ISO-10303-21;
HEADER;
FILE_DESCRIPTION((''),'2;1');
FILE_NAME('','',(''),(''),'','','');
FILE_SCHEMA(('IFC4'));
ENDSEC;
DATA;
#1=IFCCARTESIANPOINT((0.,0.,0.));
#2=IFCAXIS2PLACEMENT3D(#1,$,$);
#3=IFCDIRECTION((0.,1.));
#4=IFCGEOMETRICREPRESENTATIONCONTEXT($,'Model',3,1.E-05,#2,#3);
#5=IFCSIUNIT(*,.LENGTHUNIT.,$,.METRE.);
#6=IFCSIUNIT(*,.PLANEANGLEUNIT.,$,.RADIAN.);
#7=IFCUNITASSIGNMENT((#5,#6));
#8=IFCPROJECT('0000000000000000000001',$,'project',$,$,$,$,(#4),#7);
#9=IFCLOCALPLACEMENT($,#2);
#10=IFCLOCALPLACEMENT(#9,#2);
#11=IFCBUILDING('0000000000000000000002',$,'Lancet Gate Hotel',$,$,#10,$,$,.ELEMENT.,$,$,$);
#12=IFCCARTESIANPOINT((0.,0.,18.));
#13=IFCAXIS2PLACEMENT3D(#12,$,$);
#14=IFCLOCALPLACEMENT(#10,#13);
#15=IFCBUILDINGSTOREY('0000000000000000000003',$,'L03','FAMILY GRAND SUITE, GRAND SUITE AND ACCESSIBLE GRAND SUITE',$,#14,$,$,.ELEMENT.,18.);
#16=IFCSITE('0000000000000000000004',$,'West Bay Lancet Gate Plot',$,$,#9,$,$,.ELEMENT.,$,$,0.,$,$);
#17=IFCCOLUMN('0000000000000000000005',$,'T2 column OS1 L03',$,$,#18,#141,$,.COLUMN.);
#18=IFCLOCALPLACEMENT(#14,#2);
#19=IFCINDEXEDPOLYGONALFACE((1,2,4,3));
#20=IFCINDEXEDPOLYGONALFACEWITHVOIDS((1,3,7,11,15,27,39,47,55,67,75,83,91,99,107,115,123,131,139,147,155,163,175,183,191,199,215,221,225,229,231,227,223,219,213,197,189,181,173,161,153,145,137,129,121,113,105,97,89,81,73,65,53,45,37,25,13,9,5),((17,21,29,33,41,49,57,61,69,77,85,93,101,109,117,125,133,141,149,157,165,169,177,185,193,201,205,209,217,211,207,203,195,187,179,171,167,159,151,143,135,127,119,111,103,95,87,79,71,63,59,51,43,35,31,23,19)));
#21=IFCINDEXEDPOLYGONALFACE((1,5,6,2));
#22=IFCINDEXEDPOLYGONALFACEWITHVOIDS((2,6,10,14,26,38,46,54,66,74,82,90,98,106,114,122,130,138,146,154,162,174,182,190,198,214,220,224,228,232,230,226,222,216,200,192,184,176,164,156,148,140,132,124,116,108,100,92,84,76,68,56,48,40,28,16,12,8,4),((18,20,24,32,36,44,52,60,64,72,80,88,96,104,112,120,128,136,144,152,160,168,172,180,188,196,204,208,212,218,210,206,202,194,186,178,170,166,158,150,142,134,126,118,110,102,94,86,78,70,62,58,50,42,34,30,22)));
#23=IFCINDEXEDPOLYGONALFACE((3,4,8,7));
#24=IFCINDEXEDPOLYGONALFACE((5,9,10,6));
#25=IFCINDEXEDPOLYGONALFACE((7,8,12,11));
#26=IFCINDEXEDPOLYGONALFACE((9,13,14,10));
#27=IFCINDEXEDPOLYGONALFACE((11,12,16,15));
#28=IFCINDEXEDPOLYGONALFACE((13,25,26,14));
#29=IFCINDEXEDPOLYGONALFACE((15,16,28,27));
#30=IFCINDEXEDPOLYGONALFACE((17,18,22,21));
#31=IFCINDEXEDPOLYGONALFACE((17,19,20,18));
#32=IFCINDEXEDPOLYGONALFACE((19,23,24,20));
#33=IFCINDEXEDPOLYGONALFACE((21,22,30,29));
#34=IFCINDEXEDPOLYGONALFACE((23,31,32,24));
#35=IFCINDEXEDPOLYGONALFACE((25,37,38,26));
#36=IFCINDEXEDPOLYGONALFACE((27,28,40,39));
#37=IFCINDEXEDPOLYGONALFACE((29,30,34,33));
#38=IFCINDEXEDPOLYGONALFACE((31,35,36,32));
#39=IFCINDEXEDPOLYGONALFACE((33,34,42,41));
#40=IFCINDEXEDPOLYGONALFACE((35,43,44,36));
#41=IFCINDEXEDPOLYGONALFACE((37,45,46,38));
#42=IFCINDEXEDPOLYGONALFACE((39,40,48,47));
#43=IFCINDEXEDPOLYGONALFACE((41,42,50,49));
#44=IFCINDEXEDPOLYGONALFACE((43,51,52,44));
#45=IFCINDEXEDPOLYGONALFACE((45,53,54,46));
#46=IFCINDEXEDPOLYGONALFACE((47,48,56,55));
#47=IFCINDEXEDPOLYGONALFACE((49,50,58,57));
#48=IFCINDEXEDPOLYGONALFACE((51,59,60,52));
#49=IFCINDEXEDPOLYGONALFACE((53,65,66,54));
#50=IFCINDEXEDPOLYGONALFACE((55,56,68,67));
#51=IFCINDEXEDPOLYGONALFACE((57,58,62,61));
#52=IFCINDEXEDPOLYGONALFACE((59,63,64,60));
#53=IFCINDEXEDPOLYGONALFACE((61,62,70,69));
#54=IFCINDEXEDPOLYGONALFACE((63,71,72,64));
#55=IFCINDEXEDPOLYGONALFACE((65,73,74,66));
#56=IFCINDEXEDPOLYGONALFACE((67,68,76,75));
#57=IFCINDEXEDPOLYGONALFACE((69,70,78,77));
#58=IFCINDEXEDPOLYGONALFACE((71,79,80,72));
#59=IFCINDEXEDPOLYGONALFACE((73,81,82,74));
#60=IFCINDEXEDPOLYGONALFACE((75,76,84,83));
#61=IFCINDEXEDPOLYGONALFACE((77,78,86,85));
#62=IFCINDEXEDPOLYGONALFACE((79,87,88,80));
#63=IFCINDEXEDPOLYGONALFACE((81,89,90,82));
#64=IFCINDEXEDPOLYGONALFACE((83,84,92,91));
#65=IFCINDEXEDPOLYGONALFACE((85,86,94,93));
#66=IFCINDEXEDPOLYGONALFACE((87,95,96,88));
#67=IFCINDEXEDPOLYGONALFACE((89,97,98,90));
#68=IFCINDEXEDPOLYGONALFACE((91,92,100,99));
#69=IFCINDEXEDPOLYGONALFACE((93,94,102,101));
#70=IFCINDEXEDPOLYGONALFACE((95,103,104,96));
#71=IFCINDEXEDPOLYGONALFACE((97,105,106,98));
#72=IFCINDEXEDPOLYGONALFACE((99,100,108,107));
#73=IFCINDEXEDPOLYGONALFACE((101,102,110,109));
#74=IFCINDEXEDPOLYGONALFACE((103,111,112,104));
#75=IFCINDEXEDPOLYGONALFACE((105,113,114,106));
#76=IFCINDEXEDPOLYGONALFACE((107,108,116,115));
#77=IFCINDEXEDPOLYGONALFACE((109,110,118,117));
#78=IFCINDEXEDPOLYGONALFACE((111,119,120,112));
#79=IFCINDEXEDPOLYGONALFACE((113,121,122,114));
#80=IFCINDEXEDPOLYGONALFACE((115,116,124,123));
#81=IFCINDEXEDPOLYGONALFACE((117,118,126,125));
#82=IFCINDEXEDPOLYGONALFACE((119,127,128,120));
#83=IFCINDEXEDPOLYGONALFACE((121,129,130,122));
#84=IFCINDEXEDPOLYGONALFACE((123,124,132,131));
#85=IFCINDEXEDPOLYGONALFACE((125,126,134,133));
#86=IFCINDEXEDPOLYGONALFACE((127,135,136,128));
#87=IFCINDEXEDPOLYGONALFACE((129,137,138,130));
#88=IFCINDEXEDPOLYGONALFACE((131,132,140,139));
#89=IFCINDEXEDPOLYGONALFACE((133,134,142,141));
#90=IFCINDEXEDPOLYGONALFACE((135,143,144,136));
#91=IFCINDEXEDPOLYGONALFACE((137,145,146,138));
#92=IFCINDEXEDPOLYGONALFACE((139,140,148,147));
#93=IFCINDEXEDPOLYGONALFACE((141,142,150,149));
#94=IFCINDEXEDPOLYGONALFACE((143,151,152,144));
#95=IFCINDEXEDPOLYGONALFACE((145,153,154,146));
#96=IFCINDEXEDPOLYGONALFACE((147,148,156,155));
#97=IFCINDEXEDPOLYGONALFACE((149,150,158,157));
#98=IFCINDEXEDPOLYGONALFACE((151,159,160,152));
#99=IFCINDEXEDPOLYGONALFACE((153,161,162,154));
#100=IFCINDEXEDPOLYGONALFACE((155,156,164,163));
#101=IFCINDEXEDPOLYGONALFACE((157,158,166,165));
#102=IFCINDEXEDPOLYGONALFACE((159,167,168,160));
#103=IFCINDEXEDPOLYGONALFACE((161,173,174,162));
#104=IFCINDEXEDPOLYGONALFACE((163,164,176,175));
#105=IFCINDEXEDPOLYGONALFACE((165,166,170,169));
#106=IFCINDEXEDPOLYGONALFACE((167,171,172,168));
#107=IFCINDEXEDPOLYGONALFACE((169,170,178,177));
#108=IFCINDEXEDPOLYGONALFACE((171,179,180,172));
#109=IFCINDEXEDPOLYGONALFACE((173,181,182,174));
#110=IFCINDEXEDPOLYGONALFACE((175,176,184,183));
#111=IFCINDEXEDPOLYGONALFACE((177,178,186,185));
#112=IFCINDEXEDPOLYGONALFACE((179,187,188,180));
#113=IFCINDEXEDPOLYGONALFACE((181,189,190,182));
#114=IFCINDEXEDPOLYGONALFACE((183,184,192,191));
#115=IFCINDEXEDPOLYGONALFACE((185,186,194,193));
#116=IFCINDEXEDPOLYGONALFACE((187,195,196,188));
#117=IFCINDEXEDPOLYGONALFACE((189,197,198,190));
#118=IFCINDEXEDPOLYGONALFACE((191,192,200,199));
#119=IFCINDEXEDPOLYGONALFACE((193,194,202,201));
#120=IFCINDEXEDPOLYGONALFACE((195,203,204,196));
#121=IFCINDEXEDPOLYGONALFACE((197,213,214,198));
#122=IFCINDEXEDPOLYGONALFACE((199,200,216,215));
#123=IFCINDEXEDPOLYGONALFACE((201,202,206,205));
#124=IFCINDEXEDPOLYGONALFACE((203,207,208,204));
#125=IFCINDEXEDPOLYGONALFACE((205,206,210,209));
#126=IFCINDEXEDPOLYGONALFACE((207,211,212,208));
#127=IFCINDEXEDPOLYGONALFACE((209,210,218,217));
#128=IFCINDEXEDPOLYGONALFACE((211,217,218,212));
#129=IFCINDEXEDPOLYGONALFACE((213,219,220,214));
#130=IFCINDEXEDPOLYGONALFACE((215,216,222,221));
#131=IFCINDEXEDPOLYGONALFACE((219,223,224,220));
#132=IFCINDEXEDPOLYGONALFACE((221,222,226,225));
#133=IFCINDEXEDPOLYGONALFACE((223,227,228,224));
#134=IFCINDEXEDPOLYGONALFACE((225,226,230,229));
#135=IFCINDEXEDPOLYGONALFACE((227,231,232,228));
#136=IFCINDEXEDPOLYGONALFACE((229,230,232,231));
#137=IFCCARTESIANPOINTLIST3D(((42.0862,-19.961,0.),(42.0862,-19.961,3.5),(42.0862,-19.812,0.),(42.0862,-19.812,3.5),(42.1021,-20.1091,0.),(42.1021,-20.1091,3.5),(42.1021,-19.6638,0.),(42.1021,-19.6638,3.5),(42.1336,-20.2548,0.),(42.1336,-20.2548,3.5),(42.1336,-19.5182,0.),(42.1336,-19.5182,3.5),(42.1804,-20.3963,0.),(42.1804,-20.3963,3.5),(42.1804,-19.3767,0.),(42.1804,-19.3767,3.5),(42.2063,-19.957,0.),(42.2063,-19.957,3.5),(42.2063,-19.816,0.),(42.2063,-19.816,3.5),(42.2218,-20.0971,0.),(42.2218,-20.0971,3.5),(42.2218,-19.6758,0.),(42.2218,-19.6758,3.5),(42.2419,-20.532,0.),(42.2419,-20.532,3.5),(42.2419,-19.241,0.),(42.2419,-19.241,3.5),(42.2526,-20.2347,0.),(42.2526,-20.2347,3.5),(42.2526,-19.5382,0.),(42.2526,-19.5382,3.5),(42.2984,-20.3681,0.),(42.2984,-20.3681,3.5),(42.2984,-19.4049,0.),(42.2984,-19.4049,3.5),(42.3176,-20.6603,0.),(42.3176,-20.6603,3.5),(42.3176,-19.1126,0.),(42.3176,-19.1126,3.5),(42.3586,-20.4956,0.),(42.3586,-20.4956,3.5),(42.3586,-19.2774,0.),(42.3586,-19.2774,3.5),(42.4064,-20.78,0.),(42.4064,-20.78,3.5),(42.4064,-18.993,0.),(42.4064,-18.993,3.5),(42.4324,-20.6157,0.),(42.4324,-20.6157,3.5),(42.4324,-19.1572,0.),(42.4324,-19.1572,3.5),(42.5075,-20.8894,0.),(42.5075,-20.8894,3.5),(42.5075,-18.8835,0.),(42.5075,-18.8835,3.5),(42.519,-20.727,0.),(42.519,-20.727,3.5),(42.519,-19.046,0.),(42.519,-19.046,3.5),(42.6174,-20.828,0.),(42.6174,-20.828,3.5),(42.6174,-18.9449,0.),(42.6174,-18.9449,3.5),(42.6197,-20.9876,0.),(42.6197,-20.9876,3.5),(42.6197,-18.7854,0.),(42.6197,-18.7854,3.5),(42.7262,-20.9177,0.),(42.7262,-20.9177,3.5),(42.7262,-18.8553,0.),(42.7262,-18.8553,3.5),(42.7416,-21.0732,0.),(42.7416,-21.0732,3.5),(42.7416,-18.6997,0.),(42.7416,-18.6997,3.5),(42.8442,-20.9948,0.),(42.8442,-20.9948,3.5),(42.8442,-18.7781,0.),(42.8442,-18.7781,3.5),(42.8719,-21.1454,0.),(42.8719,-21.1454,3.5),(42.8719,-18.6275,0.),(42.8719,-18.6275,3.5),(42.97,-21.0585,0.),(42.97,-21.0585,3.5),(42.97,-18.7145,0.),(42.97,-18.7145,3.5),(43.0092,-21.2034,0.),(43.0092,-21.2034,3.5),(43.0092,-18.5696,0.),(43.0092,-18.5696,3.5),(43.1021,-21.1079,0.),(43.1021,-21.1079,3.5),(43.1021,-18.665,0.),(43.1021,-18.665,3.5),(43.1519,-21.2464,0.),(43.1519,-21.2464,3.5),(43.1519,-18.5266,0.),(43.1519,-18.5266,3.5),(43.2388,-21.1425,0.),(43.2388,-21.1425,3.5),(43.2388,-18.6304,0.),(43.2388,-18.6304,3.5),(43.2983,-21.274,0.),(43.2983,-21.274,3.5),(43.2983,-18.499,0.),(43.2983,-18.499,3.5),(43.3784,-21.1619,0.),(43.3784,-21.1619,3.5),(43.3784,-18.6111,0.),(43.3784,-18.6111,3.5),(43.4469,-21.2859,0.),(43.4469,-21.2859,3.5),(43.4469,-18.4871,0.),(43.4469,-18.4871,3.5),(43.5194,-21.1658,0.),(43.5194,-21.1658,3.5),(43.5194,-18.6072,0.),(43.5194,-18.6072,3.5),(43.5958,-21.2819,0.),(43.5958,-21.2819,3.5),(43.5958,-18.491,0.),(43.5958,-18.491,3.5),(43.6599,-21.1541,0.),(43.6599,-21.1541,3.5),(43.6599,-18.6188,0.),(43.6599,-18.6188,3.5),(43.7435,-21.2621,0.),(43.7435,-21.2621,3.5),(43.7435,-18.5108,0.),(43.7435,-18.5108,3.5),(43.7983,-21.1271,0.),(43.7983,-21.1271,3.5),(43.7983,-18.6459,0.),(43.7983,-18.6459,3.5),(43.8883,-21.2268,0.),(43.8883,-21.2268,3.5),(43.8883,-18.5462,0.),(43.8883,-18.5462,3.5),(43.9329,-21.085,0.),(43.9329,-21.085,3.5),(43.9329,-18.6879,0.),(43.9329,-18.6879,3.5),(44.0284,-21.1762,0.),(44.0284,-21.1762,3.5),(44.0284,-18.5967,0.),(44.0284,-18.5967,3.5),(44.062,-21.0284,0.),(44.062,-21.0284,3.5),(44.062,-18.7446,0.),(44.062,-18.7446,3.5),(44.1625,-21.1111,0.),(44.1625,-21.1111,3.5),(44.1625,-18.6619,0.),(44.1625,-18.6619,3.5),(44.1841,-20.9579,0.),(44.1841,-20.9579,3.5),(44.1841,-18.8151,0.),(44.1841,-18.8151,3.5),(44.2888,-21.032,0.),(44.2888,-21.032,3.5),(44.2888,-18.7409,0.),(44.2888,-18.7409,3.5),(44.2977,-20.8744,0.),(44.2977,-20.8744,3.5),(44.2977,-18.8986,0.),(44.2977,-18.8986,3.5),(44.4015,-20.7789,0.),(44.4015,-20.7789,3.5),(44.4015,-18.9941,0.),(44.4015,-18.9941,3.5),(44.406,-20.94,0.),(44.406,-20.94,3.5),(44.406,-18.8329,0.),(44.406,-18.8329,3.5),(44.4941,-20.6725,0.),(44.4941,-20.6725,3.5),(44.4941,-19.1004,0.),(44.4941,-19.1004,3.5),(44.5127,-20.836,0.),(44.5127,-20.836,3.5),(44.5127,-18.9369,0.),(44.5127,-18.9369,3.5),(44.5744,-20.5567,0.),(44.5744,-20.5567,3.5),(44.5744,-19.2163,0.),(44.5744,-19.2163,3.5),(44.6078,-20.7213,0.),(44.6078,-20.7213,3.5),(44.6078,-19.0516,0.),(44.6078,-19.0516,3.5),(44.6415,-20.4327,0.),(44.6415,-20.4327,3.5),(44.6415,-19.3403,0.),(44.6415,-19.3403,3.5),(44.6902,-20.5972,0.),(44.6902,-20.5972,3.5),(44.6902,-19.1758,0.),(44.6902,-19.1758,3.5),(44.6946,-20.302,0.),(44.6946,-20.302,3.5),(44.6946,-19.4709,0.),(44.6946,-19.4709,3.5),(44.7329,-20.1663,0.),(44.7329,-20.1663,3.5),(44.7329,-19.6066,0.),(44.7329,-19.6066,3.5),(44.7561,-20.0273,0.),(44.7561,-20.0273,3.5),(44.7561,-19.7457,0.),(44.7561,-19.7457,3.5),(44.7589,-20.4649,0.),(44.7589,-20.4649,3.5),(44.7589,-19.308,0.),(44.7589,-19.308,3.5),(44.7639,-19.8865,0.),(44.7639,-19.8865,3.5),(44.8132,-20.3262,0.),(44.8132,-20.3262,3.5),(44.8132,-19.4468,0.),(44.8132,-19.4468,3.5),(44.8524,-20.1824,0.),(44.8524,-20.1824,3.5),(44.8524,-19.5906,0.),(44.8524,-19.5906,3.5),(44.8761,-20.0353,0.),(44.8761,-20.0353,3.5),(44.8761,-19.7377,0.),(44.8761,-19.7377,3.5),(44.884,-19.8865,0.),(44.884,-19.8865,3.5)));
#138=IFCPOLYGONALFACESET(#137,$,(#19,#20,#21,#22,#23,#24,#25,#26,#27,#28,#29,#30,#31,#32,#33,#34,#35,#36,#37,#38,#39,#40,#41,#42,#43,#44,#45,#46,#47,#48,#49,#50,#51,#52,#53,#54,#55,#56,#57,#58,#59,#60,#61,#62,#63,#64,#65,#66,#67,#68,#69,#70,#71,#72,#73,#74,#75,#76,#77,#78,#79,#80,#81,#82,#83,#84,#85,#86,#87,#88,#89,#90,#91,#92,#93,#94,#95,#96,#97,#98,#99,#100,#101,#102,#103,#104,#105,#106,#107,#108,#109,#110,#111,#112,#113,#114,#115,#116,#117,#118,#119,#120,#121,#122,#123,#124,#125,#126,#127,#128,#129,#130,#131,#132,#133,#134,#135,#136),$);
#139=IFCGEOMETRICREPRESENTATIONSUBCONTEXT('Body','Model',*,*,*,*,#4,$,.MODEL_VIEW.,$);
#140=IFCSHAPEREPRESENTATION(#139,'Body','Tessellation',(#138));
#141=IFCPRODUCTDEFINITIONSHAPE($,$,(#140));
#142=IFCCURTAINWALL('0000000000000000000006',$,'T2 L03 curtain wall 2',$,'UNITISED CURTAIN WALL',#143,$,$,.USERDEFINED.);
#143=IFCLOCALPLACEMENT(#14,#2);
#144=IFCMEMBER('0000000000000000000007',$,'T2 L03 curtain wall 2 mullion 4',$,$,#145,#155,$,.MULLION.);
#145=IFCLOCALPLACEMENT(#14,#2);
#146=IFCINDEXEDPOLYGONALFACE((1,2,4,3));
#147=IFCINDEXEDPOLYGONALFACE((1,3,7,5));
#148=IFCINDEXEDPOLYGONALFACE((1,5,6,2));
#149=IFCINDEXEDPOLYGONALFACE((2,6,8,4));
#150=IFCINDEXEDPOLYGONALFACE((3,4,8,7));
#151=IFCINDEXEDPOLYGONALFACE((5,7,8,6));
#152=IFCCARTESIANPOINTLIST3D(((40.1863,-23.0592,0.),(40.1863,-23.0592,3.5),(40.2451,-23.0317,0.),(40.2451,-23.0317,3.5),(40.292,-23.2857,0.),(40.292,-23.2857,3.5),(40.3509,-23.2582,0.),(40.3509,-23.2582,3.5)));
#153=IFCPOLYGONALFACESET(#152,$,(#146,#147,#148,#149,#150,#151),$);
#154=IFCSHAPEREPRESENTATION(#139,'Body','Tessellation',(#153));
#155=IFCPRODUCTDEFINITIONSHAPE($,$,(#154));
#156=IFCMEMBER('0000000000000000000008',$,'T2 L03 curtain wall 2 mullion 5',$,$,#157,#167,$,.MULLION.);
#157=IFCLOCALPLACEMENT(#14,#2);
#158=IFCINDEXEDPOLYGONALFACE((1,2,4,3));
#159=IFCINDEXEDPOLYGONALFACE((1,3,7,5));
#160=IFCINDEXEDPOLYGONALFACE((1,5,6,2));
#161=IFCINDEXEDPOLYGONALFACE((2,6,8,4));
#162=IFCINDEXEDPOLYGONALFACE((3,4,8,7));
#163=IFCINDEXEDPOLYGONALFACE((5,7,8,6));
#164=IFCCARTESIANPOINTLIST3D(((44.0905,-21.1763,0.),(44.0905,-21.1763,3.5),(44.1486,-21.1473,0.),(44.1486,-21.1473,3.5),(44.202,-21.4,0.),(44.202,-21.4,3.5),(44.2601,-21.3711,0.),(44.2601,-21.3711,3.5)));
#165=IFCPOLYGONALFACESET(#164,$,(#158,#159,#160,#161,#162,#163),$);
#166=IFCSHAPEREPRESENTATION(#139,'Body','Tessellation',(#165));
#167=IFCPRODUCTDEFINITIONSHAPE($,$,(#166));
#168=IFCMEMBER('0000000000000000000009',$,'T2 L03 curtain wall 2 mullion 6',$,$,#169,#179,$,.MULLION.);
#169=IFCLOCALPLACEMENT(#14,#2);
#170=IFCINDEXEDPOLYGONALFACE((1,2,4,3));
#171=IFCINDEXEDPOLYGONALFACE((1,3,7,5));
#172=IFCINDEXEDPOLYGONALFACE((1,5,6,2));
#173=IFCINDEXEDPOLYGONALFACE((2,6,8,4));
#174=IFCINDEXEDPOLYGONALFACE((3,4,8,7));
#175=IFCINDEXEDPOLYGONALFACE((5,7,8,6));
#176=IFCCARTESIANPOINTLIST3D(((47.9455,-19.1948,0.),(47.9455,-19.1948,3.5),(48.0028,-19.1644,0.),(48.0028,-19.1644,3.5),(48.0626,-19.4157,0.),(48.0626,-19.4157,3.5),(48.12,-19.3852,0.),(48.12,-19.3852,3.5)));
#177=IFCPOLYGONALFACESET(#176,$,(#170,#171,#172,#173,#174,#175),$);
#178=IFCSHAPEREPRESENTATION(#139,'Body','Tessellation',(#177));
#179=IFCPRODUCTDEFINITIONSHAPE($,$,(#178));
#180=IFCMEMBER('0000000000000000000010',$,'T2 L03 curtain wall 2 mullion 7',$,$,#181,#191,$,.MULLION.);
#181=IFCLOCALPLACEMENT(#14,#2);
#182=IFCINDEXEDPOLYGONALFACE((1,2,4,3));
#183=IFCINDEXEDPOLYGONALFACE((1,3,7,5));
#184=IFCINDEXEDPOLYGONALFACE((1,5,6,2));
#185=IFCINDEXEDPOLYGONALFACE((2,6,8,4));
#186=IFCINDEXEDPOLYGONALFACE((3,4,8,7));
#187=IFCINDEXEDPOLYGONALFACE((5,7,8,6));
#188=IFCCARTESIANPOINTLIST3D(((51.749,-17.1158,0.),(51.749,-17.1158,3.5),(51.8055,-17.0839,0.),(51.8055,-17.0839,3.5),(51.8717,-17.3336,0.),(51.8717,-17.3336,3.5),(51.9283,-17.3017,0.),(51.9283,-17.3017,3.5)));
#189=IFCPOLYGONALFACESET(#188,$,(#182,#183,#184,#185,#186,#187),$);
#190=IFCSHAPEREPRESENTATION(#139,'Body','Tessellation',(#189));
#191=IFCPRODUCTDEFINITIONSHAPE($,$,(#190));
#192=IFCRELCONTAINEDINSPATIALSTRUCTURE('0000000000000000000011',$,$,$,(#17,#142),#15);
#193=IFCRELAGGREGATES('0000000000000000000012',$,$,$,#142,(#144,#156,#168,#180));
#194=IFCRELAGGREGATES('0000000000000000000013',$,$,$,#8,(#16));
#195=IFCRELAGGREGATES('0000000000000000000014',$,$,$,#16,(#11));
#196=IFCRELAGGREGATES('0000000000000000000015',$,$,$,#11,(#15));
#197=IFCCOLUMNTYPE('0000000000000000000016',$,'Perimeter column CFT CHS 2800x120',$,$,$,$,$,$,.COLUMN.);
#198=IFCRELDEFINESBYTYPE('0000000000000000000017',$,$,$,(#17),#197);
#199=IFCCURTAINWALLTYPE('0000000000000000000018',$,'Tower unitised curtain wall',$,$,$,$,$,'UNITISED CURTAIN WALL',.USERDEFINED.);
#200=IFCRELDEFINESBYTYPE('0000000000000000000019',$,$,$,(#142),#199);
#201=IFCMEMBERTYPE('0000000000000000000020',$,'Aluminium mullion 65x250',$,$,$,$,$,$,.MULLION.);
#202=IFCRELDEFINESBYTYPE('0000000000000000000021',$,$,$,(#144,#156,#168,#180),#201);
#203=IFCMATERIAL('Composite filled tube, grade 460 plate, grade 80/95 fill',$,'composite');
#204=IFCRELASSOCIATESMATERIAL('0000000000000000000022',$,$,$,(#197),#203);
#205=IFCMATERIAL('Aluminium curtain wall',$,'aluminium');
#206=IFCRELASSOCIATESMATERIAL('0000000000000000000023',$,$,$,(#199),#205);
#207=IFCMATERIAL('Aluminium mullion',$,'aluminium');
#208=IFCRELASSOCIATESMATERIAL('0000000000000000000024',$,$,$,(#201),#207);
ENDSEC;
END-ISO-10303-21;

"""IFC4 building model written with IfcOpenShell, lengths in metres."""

from ifc_helpers import new_model, si_unit, direction, frame, origin, origin_2d, place, context, subcontext, project, spatial, rectangle, hollow_circle, extrude, material, material_profile, profile_set, type_object, element, aggregate, save


model = new_model("IFC4")

# Units and contexts
model_context = context("Model", 3, precision=1e-05, world=origin(), true_north=direction((0.0, 1.0)))
body_context = subcontext(model_context, "Body", "Model", "MODEL_VIEW")
ifc_project = project(units=[si_unit("LENGTHUNIT", "METRE"), si_unit("PLANEANGLEUNIT", "RADIAN")], contexts=[model_context])

# Site, building, storey
site_placement = place(None, origin())
site = spatial("IfcSite", under=ifc_project, at=site_placement, Name="West Bay Lancet Gate Plot", CompositionType="ELEMENT", RefElevation=0.0)
building_placement = place(site_placement, origin())
building = spatial("IfcBuilding", under=site, at=building_placement, Name="Lancet Gate Hotel", CompositionType="ELEMENT")
storey_placement = place(building_placement, frame((0.0, 0.0, 18.0)))
storey = spatial("IfcBuildingStorey", under=building, at=storey_placement, Name="L03", Description="FAMILY GRAND SUITE, GRAND SUITE AND ACCESSIBLE GRAND SUITE", CompositionType="ELEMENT", Elevation=18.0)

# Column
ifc_material_1 = material(Name="Composite filled tube, grade 460 plate, grade 80/95 fill", Category="composite")
ifc_material_profile_1 = material_profile(ifc_material_1, hollow_circle(Radius=1.3999, WallThickness=0.1201, at=origin_2d()), Name="CHS 2800x120")
ifc_profile_set_1 = profile_set([ifc_material_profile_1], Name="Composite filled tube, grade 460 plate, grade 80/95 fill")
column_type = type_object("IfcColumnType", Name="Perimeter column CFT CHS 2800x120", PredefinedType="COLUMN", material=ifc_profile_set_1)
column_placement = place(storey_placement, frame((43.4841, -19.8865, 0.0), z_axis=(0.0, 0.0, 1.0), x_axis=(1.0, 0.0, 0.0)))
element("IfcColumn", 1, at=column_placement, inside=storey, type_object=column_type, Name="T2 column OS1 L03", PredefinedType="COLUMN", context=body_context, shape_type="SweptSolid", body=[
    extrude(hollow_circle(Radius=1.3999, WallThickness=0.1201, at=origin_2d()), origin(), (0.0, 0.0, 1.0), 3.5),
])

# Curtain wall, members
ifc_material_2 = material(Name="Aluminium curtain wall", Category="aluminium")
curtain_wall_type = type_object("IfcCurtainWallType", Name="Tower unitised curtain wall", ElementType="UNITISED CURTAIN WALL", PredefinedType="USERDEFINED", material=ifc_material_2)
curtain_wall_placement = place(storey_placement, origin())
curtain_wall = element("IfcCurtainWall", 2, at=curtain_wall_placement, inside=storey, type_object=curtain_wall_type, Name="T2 L03 curtain wall 2", ObjectType="UNITISED CURTAIN WALL", PredefinedType="USERDEFINED")
ifc_material_3 = material(Name="Aluminium mullion", Category="aluminium")
ifc_material_profile_2 = material_profile(ifc_material_3, rectangle(XDim=0.0649, YDim=0.25, at=origin_2d()), Name="MULLION 65x250")
ifc_profile_set_2 = profile_set([ifc_material_profile_2], Name="Aluminium mullion")
member_type_1 = type_object("IfcMemberType", Name="Aluminium mullion 65x250", PredefinedType="MULLION", material=ifc_profile_set_2)
member_1_placement = place(storey_placement, frame((40.2686, -23.1587, 0.0), z_axis=(0.0, 0.0, 1.0), x_axis=(0.906105, 0.423053, 0.0)))
member_1 = element("IfcMember", 3, at=member_1_placement, type_object=member_type_1, Name="T2 L03 curtain wall 2 mullion 4", PredefinedType="MULLION", context=body_context, shape_type="SweptSolid", body=[
    extrude(rectangle(XDim=0.0649, YDim=0.25, at=origin_2d()), origin(), (0.0, 0.0, 1.0), 3.5),
])
member_2_placement = place(storey_placement, frame((44.1753, -21.2737, 0.0), z_axis=(0.0, 0.0, 1.0), x_axis=(0.895044, 0.445978, 0.0)))
member_2 = element("IfcMember", 4, at=member_2_placement, type_object=member_type_1, Name="T2 L03 curtain wall 2 mullion 5", PredefinedType="MULLION", context=body_context, shape_type="SweptSolid", body=[
    extrude(rectangle(XDim=0.0649, YDim=0.25, at=origin_2d()), origin(), (0.0, 0.0, 1.0), 3.5),
])
member_3_placement = place(storey_placement, frame((48.0327, -19.29, 0.0), z_axis=(0.0, 0.0, 1.0), x_axis=(0.883403, 0.468613, 0.0)))
member_3 = element("IfcMember", 5, at=member_3_placement, type_object=member_type_1, Name="T2 L03 curtain wall 2 mullion 6", PredefinedType="MULLION", context=body_context, shape_type="SweptSolid", body=[
    extrude(rectangle(XDim=0.0649, YDim=0.25, at=origin_2d()), origin(), (0.0, 0.0, 1.0), 3.5),
])
member_4_placement = place(storey_placement, frame((51.8386, -17.2087, 0.0), z_axis=(0.0, 0.0, 1.0), x_axis=(0.87119, 0.490945, 0.0)))
member_4 = element("IfcMember", 6, at=member_4_placement, type_object=member_type_1, Name="T2 L03 curtain wall 2 mullion 7", PredefinedType="MULLION", context=body_context, shape_type="SweptSolid", body=[
    extrude(rectangle(XDim=0.0649, YDim=0.25, at=origin_2d()), origin(), (0.0, 0.0, 1.0), 3.5),
])

aggregate(curtain_wall, [member_1, member_2, member_3, member_4])

save(model, "model.ifc")
